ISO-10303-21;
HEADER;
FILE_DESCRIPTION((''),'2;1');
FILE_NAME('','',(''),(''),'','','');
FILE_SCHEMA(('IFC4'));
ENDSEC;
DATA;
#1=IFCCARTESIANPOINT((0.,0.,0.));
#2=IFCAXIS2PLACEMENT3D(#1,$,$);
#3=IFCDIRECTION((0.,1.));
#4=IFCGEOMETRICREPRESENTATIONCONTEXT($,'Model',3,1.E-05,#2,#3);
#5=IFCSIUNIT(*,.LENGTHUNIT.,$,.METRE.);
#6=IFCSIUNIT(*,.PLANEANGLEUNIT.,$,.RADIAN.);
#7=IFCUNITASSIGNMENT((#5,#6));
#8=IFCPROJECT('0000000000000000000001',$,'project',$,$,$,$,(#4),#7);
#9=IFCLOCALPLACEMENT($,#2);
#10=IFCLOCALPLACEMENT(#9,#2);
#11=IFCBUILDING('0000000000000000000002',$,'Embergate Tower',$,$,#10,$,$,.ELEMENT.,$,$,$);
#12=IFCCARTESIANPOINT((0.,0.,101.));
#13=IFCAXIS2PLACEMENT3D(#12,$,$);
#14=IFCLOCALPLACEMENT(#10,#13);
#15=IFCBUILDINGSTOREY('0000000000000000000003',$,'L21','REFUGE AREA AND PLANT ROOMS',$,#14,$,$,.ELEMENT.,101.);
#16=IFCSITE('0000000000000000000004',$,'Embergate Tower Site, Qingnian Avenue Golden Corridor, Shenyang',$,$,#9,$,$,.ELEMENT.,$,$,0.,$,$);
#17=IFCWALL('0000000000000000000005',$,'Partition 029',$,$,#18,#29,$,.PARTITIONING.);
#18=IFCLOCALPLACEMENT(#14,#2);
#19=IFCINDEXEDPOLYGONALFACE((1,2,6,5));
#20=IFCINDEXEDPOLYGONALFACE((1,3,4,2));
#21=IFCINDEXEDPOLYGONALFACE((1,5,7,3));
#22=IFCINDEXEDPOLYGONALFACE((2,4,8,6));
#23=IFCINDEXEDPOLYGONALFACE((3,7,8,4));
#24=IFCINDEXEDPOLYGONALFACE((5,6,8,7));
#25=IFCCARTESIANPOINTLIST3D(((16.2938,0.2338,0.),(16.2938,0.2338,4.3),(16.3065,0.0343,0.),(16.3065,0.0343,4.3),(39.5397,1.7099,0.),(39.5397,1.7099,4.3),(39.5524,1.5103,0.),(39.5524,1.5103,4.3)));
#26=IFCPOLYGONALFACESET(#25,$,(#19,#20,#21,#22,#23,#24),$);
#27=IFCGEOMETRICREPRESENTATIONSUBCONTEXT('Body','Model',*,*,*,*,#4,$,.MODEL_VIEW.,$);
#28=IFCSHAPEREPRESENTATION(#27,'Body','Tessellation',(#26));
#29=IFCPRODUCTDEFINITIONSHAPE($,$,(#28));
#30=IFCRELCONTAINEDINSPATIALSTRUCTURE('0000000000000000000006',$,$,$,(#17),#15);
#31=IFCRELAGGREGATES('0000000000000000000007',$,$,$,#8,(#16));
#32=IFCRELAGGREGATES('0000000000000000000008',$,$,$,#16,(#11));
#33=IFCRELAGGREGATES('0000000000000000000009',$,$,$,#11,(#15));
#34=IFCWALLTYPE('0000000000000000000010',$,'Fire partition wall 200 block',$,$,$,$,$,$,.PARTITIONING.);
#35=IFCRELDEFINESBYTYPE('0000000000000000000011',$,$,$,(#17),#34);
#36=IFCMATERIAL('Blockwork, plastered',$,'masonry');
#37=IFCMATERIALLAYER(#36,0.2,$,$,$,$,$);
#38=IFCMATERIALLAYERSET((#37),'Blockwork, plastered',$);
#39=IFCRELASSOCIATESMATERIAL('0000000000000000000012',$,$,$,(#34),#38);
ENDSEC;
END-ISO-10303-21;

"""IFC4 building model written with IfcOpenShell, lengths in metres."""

from ifc_helpers import new_model, si_unit, direction, frame, frame_2d, origin, place, context, subcontext, project, spatial, rectangle, extrude, source, transform, mapped, material, layer, layer_set, type_object, element, save


model = new_model("IFC4")

# Units and contexts
model_context = context("Model", 3, precision=1e-05, world=origin(), true_north=direction((0.0, 1.0)))
body_context = subcontext(model_context, "Body", "Model", "MODEL_VIEW")
ifc_project = project(units=[si_unit("LENGTHUNIT", "METRE"), si_unit("PLANEANGLEUNIT", "RADIAN")], contexts=[model_context])

# Site, building, storey
site_placement = place(None, origin())
site = spatial("IfcSite", under=ifc_project, at=site_placement, Name="Embergate Tower Site, Qingnian Avenue Golden Corridor, Shenyang", CompositionType="ELEMENT", RefElevation=0.0)
building_placement = place(site_placement, origin())
building = spatial("IfcBuilding", under=site, at=building_placement, Name="Embergate Tower", CompositionType="ELEMENT")
storey_placement = place(building_placement, frame((0.0, 0.0, 101.0)))
storey = spatial("IfcBuildingStorey", under=building, at=storey_placement, Name="L21", Description="REFUGE AREA AND PLANT ROOMS", CompositionType="ELEMENT", Elevation=101.0)

# Shared definitions
ifc_material_1 = material(Name="Blockwork, plastered", Category="masonry")
ifc_layer = layer(ifc_material_1, 0.2)
ifc_layer_set = layer_set([ifc_layer], Name="Blockwork, plastered")
wall_type = type_object("IfcWallType", Name="Fire partition wall 200 block", PredefinedType="PARTITIONING", material=ifc_layer_set)

# Wall
shared_shape_1 = source(origin(), body_context, "Body", "SweptSolid", [
    extrude(rectangle(XDim=23.2927, YDim=0.2, at=frame_2d((11.6465, 0.0))), origin(), (0.0, 0.0, 1.0), 4.3),
])
wall_1_placement = place(storey_placement, frame((16.3, 0.134, 0.0), z_axis=(0.0, 0.0, 1.0), x_axis=(0.99799, 0.063371, 0.0)))
element("IfcWall", 1, at=wall_1_placement, inside=storey, type_object=wall_type, Name="Partition 029", PredefinedType="PARTITIONING", context=body_context, shape_type="MappedRepresentation", body=[
    mapped(shared_shape_1, transform((0.0, 0.0, 0.0))),
])

save(model, "model.ifc")
